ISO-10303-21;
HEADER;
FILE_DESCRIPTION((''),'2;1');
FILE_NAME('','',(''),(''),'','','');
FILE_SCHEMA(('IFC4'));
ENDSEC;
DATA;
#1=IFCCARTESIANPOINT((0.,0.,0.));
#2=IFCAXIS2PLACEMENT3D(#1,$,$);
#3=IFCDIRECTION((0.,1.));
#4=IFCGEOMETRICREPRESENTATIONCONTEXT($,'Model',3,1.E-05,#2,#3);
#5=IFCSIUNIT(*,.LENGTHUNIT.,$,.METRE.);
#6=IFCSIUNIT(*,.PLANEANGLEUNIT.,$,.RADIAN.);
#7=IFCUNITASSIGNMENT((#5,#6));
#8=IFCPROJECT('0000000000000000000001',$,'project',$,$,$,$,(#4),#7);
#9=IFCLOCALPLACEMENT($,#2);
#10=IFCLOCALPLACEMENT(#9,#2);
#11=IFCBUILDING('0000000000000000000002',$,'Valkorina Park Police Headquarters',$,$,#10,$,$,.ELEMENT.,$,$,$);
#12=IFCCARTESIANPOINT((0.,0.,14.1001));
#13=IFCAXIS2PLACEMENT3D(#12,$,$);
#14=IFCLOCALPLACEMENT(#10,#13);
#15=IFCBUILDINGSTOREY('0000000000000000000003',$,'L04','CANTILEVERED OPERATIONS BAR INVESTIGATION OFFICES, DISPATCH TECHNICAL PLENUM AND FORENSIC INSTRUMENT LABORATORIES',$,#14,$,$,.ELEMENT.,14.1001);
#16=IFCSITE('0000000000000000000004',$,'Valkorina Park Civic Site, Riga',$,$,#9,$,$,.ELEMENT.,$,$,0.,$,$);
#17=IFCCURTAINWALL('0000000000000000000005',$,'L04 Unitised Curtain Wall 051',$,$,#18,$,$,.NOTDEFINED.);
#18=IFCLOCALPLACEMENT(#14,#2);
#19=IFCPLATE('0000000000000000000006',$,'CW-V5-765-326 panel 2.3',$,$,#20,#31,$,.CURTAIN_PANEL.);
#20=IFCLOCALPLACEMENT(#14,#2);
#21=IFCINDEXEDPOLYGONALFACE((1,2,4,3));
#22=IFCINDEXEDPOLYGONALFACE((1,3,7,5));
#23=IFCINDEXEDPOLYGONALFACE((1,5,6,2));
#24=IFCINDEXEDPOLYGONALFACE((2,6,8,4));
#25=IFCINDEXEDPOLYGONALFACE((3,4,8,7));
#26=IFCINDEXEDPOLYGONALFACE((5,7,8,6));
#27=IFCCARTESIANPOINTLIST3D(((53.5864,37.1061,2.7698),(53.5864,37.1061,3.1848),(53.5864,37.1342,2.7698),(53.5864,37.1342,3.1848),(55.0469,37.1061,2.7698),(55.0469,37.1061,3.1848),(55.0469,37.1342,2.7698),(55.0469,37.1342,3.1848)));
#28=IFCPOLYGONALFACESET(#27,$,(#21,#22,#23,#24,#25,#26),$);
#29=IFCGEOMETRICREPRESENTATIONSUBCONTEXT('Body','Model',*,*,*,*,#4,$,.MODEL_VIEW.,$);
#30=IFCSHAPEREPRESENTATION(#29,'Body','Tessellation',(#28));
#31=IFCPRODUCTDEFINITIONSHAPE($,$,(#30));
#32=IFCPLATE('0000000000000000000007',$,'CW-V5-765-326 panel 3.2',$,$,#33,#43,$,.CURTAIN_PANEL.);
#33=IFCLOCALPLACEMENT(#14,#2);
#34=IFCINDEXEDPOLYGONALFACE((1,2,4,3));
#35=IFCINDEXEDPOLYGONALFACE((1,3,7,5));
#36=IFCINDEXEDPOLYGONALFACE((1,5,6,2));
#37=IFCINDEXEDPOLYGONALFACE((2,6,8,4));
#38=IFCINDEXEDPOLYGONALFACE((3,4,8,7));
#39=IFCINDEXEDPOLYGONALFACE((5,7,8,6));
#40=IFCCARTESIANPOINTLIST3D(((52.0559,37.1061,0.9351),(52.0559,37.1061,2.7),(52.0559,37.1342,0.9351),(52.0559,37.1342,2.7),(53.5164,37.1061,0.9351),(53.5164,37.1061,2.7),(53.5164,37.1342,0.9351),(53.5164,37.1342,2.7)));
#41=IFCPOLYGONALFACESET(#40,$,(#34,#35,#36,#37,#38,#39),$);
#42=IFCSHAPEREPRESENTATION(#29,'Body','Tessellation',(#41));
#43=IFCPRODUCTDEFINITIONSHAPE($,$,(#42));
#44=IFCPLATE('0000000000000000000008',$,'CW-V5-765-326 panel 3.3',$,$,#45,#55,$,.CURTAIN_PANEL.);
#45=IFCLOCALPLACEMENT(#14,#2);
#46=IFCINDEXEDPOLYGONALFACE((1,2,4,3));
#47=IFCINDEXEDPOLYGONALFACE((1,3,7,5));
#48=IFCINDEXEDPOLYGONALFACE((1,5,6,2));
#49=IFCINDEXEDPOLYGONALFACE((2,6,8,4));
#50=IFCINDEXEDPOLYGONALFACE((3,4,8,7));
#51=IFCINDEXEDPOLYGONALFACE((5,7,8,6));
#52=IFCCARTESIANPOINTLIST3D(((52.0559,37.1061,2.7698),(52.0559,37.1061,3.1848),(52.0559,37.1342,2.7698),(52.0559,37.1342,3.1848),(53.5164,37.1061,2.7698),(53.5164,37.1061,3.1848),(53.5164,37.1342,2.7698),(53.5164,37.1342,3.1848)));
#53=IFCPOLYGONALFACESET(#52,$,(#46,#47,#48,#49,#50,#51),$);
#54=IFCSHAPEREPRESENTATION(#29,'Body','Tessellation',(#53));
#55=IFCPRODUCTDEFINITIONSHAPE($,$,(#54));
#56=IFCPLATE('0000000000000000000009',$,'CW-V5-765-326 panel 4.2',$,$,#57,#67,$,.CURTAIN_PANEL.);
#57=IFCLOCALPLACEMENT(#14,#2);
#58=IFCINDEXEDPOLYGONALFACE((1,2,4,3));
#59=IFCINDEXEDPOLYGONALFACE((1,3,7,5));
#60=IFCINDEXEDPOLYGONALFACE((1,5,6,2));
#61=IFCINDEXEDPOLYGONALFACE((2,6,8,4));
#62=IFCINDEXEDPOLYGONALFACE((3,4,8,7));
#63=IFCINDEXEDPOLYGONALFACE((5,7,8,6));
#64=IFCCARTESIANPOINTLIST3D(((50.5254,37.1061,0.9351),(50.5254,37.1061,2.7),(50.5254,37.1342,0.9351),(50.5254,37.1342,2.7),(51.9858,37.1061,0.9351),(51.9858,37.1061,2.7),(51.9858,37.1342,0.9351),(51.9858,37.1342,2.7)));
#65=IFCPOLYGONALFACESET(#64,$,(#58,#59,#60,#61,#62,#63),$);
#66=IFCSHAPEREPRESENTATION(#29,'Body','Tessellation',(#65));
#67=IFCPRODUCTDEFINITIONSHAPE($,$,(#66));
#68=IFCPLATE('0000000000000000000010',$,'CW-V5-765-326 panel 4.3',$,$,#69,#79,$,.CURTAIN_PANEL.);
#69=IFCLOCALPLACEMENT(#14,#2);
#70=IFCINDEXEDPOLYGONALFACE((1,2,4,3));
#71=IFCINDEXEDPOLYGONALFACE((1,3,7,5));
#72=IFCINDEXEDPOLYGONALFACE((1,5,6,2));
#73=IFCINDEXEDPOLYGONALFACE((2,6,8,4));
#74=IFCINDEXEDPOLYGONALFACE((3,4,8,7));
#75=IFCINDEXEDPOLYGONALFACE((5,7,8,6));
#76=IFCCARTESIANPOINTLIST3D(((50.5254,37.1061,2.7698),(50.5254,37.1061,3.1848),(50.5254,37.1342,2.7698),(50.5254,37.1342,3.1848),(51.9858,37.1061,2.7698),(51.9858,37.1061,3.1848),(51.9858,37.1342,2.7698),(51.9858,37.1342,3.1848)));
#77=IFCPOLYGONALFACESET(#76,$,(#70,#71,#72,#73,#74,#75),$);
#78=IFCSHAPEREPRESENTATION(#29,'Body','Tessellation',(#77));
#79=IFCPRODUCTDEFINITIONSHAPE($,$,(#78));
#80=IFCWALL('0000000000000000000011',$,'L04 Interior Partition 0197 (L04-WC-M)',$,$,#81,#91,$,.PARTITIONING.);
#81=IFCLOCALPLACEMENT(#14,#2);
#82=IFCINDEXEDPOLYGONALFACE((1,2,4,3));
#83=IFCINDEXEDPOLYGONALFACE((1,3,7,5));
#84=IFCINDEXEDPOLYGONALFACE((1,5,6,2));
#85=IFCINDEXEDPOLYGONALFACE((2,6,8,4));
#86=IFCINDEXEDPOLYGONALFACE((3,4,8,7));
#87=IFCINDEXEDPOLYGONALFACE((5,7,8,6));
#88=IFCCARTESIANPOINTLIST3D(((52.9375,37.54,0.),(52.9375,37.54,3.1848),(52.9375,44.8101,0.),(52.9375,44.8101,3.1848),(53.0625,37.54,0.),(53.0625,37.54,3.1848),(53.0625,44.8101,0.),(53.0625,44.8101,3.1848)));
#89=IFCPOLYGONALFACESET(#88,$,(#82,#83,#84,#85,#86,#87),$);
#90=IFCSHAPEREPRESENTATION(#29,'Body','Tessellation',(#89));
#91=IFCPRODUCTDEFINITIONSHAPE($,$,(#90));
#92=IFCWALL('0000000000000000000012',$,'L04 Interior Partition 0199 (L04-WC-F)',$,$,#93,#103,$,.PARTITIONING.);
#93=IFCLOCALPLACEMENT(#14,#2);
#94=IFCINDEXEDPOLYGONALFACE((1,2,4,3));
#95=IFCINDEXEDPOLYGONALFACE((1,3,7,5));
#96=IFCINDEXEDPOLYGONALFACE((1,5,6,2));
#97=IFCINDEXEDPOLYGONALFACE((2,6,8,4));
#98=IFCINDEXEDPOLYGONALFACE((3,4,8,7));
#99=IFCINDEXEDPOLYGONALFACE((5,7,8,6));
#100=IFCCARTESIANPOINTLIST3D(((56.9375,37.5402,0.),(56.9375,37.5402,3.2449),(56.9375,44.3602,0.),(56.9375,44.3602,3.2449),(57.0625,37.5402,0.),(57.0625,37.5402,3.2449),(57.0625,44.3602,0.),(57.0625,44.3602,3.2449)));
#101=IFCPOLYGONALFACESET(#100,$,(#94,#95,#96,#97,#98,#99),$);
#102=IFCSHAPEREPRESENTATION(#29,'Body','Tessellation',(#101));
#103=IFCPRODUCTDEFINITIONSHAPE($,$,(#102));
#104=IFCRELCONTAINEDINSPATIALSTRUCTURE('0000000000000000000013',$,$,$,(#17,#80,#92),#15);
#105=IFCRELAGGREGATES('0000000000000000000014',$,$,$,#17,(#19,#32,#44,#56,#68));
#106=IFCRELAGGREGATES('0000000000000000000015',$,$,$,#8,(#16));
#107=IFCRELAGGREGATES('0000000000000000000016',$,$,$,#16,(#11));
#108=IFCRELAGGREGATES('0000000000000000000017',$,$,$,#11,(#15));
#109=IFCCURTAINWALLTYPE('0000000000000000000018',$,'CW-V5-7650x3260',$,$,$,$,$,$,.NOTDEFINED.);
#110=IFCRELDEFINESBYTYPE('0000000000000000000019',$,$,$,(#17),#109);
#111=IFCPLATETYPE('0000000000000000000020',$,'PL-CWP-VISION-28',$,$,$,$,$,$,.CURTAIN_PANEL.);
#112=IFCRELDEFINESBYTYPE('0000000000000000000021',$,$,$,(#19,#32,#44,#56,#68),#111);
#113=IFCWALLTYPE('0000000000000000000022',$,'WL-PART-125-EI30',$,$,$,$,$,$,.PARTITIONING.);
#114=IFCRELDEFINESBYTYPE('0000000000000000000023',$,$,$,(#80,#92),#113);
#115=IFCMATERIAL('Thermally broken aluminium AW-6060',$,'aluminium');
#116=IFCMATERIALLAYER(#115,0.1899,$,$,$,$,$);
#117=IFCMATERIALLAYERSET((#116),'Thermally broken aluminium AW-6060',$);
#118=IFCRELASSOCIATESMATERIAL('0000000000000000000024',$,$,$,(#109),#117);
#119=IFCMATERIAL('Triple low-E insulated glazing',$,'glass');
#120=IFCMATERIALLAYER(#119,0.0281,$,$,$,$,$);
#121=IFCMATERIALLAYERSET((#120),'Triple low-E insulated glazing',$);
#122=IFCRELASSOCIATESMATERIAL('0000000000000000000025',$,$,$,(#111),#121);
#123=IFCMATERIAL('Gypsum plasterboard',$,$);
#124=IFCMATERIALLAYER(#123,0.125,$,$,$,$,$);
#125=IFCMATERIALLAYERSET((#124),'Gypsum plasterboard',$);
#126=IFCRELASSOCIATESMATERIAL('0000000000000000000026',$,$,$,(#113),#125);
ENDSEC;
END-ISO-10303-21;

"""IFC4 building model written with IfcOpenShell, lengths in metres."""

from ifc_helpers import new_model, si_unit, direction, frame, frame_2d, origin, origin_2d, place, context, subcontext, project, spatial, rectangle, extrude, material, layer, layer_set, type_object, element, aggregate, save


model = new_model("IFC4")

# Units and contexts
model_context = context("Model", 3, precision=1e-05, world=origin(), true_north=direction((0.0, 1.0)))
body_context = subcontext(model_context, "Body", "Model", "MODEL_VIEW")
ifc_project = project(units=[si_unit("LENGTHUNIT", "METRE"), si_unit("PLANEANGLEUNIT", "RADIAN")], contexts=[model_context])

# Site, building, storey
site_placement = place(None, origin())
site = spatial("IfcSite", under=ifc_project, at=site_placement, Name="Valkorina Park Civic Site, Riga", CompositionType="ELEMENT", RefElevation=0.0)
building_placement = place(site_placement, origin())
building = spatial("IfcBuilding", under=site, at=building_placement, Name="Valkorina Park Police Headquarters", CompositionType="ELEMENT")
storey_placement = place(building_placement, frame((0.0, 0.0, 14.1001)))
storey = spatial("IfcBuildingStorey", under=building, at=storey_placement, Name="L04", Description="CANTILEVERED OPERATIONS BAR INVESTIGATION OFFICES, DISPATCH TECHNICAL PLENUM AND FORENSIC INSTRUMENT LABORATORIES", CompositionType="ELEMENT", Elevation=14.1001)

# Shared definitions
ifc_material_1 = material(Name="Thermally broken aluminium AW-6060", Category="aluminium")

# Curtain wall, plates
ifc_layer_1 = layer(ifc_material_1, 0.1899)
ifc_layer_set_1 = layer_set([ifc_layer_1], Name="Thermally broken aluminium AW-6060")
curtain_wall_type_1 = type_object("IfcCurtainWallType", Name="CW-V5-7650x3260", PredefinedType="NOTDEFINED", material=ifc_layer_set_1)
curtain_wall_1_placement = place(storey_placement, origin())
curtain_wall_1 = element("IfcCurtainWall", 1, at=curtain_wall_1_placement, inside=storey, type_object=curtain_wall_type_1, Name="L04 Unitised Curtain Wall 051", PredefinedType="NOTDEFINED")
ifc_material_2 = material(Name="Triple low-E insulated glazing", Category="glass")
ifc_layer_2 = layer(ifc_material_2, 0.0281)
ifc_layer_set_2 = layer_set([ifc_layer_2], Name="Triple low-E insulated glazing")
plate_type_1 = type_object("IfcPlateType", Name="PL-CWP-VISION-28", PredefinedType="CURTAIN_PANEL", material=ifc_layer_set_2)
plate_1_placement = place(storey_placement, frame((54.3167, 37.1201, 2.7698), z_axis=(0.0, 0.0, 1.0), x_axis=(-1.0, 0.0, 0.0)))
plate_1 = element("IfcPlate", 2, at=plate_1_placement, type_object=plate_type_1, Name="CW-V5-765-326 panel 2.3", PredefinedType="CURTAIN_PANEL", context=body_context, shape_type="SweptSolid", body=[
    extrude(rectangle(XDim=1.4604, YDim=0.0281, at=origin_2d()), origin(), (0.0, 0.0, 1.0), 0.415),
])
plate_2_placement = place(storey_placement, frame((52.7861, 37.1201, 0.9351), z_axis=(0.0, 0.0, 1.0), x_axis=(-1.0, 0.0, 0.0)))
plate_2 = element("IfcPlate", 3, at=plate_2_placement, type_object=plate_type_1, Name="CW-V5-765-326 panel 3.2", PredefinedType="CURTAIN_PANEL", context=body_context, shape_type="SweptSolid", body=[
    extrude(rectangle(XDim=1.4604, YDim=0.0281, at=origin_2d()), origin(), (0.0, 0.0, 1.0), 1.7649),
])
plate_3_placement = place(storey_placement, frame((52.7861, 37.1201, 2.7698), z_axis=(0.0, 0.0, 1.0), x_axis=(-1.0, 0.0, 0.0)))
plate_3 = element("IfcPlate", 4, at=plate_3_placement, type_object=plate_type_1, Name="CW-V5-765-326 panel 3.3", PredefinedType="CURTAIN_PANEL", context=body_context, shape_type="SweptSolid", body=[
    extrude(rectangle(XDim=1.4604, YDim=0.0281, at=origin_2d()), origin(), (0.0, 0.0, 1.0), 0.415),
])
plate_4_placement = place(storey_placement, frame((51.2556, 37.1201, 0.9351), z_axis=(0.0, 0.0, 1.0), x_axis=(-1.0, 0.0, 0.0)))
plate_4 = element("IfcPlate", 5, at=plate_4_placement, type_object=plate_type_1, Name="CW-V5-765-326 panel 4.2", PredefinedType="CURTAIN_PANEL", context=body_context, shape_type="SweptSolid", body=[
    extrude(rectangle(XDim=1.4604, YDim=0.0281, at=origin_2d()), origin(), (0.0, 0.0, 1.0), 1.7649),
])
plate_5_placement = place(storey_placement, frame((51.2556, 37.1201, 2.7698), z_axis=(0.0, 0.0, 1.0), x_axis=(-1.0, 0.0, 0.0)))
plate_5 = element("IfcPlate", 6, at=plate_5_placement, type_object=plate_type_1, Name="CW-V5-765-326 panel 4.3", PredefinedType="CURTAIN_PANEL", context=body_context, shape_type="SweptSolid", body=[
    extrude(rectangle(XDim=1.4604, YDim=0.0281, at=origin_2d()), origin(), (0.0, 0.0, 1.0), 0.415),
])
aggregate(curtain_wall_1, [plate_1, plate_2, plate_3, plate_4, plate_5])

# Walls
ifc_material_3 = material(Name="Gypsum plasterboard")
ifc_layer_3 = layer(ifc_material_3, 0.125)
ifc_layer_set_3 = layer_set([ifc_layer_3], Name="Gypsum plasterboard")
wall_type = type_object("IfcWallType", Name="WL-PART-125-EI30", PredefinedType="PARTITIONING", material=ifc_layer_set_3)
wall_1_placement = place(storey_placement, frame((53.0, 37.54, 0.0), z_axis=(0.0, 0.0, 1.0), x_axis=(0.0, 1.0, 0.0)))
element("IfcWall", 7, at=wall_1_placement, inside=storey, type_object=wall_type, Name="L04 Interior Partition 0197 (L04-WC-M)", PredefinedType="PARTITIONING", context=body_context, shape_type="SweptSolid", body=[
    extrude(rectangle(XDim=7.27, YDim=0.125, at=frame_2d((3.635, 0.0))), origin(), (0.0, 0.0, 1.0), 3.1848),
])
wall_2_placement = place(storey_placement, frame((57.0, 37.54, 0.0), z_axis=(0.0, 0.0, 1.0), x_axis=(0.0, 1.0, 0.0)))
element("IfcWall", 8, at=wall_2_placement, inside=storey, type_object=wall_type, Name="L04 Interior Partition 0199 (L04-WC-F)", PredefinedType="PARTITIONING", context=body_context, shape_type="SweptSolid", body=[
    extrude(rectangle(XDim=6.8201, YDim=0.125, at=frame_2d((3.4102, 0.0))), origin(), (0.0, 0.0, 1.0), 3.2449),
])

save(model, "model.ifc")
